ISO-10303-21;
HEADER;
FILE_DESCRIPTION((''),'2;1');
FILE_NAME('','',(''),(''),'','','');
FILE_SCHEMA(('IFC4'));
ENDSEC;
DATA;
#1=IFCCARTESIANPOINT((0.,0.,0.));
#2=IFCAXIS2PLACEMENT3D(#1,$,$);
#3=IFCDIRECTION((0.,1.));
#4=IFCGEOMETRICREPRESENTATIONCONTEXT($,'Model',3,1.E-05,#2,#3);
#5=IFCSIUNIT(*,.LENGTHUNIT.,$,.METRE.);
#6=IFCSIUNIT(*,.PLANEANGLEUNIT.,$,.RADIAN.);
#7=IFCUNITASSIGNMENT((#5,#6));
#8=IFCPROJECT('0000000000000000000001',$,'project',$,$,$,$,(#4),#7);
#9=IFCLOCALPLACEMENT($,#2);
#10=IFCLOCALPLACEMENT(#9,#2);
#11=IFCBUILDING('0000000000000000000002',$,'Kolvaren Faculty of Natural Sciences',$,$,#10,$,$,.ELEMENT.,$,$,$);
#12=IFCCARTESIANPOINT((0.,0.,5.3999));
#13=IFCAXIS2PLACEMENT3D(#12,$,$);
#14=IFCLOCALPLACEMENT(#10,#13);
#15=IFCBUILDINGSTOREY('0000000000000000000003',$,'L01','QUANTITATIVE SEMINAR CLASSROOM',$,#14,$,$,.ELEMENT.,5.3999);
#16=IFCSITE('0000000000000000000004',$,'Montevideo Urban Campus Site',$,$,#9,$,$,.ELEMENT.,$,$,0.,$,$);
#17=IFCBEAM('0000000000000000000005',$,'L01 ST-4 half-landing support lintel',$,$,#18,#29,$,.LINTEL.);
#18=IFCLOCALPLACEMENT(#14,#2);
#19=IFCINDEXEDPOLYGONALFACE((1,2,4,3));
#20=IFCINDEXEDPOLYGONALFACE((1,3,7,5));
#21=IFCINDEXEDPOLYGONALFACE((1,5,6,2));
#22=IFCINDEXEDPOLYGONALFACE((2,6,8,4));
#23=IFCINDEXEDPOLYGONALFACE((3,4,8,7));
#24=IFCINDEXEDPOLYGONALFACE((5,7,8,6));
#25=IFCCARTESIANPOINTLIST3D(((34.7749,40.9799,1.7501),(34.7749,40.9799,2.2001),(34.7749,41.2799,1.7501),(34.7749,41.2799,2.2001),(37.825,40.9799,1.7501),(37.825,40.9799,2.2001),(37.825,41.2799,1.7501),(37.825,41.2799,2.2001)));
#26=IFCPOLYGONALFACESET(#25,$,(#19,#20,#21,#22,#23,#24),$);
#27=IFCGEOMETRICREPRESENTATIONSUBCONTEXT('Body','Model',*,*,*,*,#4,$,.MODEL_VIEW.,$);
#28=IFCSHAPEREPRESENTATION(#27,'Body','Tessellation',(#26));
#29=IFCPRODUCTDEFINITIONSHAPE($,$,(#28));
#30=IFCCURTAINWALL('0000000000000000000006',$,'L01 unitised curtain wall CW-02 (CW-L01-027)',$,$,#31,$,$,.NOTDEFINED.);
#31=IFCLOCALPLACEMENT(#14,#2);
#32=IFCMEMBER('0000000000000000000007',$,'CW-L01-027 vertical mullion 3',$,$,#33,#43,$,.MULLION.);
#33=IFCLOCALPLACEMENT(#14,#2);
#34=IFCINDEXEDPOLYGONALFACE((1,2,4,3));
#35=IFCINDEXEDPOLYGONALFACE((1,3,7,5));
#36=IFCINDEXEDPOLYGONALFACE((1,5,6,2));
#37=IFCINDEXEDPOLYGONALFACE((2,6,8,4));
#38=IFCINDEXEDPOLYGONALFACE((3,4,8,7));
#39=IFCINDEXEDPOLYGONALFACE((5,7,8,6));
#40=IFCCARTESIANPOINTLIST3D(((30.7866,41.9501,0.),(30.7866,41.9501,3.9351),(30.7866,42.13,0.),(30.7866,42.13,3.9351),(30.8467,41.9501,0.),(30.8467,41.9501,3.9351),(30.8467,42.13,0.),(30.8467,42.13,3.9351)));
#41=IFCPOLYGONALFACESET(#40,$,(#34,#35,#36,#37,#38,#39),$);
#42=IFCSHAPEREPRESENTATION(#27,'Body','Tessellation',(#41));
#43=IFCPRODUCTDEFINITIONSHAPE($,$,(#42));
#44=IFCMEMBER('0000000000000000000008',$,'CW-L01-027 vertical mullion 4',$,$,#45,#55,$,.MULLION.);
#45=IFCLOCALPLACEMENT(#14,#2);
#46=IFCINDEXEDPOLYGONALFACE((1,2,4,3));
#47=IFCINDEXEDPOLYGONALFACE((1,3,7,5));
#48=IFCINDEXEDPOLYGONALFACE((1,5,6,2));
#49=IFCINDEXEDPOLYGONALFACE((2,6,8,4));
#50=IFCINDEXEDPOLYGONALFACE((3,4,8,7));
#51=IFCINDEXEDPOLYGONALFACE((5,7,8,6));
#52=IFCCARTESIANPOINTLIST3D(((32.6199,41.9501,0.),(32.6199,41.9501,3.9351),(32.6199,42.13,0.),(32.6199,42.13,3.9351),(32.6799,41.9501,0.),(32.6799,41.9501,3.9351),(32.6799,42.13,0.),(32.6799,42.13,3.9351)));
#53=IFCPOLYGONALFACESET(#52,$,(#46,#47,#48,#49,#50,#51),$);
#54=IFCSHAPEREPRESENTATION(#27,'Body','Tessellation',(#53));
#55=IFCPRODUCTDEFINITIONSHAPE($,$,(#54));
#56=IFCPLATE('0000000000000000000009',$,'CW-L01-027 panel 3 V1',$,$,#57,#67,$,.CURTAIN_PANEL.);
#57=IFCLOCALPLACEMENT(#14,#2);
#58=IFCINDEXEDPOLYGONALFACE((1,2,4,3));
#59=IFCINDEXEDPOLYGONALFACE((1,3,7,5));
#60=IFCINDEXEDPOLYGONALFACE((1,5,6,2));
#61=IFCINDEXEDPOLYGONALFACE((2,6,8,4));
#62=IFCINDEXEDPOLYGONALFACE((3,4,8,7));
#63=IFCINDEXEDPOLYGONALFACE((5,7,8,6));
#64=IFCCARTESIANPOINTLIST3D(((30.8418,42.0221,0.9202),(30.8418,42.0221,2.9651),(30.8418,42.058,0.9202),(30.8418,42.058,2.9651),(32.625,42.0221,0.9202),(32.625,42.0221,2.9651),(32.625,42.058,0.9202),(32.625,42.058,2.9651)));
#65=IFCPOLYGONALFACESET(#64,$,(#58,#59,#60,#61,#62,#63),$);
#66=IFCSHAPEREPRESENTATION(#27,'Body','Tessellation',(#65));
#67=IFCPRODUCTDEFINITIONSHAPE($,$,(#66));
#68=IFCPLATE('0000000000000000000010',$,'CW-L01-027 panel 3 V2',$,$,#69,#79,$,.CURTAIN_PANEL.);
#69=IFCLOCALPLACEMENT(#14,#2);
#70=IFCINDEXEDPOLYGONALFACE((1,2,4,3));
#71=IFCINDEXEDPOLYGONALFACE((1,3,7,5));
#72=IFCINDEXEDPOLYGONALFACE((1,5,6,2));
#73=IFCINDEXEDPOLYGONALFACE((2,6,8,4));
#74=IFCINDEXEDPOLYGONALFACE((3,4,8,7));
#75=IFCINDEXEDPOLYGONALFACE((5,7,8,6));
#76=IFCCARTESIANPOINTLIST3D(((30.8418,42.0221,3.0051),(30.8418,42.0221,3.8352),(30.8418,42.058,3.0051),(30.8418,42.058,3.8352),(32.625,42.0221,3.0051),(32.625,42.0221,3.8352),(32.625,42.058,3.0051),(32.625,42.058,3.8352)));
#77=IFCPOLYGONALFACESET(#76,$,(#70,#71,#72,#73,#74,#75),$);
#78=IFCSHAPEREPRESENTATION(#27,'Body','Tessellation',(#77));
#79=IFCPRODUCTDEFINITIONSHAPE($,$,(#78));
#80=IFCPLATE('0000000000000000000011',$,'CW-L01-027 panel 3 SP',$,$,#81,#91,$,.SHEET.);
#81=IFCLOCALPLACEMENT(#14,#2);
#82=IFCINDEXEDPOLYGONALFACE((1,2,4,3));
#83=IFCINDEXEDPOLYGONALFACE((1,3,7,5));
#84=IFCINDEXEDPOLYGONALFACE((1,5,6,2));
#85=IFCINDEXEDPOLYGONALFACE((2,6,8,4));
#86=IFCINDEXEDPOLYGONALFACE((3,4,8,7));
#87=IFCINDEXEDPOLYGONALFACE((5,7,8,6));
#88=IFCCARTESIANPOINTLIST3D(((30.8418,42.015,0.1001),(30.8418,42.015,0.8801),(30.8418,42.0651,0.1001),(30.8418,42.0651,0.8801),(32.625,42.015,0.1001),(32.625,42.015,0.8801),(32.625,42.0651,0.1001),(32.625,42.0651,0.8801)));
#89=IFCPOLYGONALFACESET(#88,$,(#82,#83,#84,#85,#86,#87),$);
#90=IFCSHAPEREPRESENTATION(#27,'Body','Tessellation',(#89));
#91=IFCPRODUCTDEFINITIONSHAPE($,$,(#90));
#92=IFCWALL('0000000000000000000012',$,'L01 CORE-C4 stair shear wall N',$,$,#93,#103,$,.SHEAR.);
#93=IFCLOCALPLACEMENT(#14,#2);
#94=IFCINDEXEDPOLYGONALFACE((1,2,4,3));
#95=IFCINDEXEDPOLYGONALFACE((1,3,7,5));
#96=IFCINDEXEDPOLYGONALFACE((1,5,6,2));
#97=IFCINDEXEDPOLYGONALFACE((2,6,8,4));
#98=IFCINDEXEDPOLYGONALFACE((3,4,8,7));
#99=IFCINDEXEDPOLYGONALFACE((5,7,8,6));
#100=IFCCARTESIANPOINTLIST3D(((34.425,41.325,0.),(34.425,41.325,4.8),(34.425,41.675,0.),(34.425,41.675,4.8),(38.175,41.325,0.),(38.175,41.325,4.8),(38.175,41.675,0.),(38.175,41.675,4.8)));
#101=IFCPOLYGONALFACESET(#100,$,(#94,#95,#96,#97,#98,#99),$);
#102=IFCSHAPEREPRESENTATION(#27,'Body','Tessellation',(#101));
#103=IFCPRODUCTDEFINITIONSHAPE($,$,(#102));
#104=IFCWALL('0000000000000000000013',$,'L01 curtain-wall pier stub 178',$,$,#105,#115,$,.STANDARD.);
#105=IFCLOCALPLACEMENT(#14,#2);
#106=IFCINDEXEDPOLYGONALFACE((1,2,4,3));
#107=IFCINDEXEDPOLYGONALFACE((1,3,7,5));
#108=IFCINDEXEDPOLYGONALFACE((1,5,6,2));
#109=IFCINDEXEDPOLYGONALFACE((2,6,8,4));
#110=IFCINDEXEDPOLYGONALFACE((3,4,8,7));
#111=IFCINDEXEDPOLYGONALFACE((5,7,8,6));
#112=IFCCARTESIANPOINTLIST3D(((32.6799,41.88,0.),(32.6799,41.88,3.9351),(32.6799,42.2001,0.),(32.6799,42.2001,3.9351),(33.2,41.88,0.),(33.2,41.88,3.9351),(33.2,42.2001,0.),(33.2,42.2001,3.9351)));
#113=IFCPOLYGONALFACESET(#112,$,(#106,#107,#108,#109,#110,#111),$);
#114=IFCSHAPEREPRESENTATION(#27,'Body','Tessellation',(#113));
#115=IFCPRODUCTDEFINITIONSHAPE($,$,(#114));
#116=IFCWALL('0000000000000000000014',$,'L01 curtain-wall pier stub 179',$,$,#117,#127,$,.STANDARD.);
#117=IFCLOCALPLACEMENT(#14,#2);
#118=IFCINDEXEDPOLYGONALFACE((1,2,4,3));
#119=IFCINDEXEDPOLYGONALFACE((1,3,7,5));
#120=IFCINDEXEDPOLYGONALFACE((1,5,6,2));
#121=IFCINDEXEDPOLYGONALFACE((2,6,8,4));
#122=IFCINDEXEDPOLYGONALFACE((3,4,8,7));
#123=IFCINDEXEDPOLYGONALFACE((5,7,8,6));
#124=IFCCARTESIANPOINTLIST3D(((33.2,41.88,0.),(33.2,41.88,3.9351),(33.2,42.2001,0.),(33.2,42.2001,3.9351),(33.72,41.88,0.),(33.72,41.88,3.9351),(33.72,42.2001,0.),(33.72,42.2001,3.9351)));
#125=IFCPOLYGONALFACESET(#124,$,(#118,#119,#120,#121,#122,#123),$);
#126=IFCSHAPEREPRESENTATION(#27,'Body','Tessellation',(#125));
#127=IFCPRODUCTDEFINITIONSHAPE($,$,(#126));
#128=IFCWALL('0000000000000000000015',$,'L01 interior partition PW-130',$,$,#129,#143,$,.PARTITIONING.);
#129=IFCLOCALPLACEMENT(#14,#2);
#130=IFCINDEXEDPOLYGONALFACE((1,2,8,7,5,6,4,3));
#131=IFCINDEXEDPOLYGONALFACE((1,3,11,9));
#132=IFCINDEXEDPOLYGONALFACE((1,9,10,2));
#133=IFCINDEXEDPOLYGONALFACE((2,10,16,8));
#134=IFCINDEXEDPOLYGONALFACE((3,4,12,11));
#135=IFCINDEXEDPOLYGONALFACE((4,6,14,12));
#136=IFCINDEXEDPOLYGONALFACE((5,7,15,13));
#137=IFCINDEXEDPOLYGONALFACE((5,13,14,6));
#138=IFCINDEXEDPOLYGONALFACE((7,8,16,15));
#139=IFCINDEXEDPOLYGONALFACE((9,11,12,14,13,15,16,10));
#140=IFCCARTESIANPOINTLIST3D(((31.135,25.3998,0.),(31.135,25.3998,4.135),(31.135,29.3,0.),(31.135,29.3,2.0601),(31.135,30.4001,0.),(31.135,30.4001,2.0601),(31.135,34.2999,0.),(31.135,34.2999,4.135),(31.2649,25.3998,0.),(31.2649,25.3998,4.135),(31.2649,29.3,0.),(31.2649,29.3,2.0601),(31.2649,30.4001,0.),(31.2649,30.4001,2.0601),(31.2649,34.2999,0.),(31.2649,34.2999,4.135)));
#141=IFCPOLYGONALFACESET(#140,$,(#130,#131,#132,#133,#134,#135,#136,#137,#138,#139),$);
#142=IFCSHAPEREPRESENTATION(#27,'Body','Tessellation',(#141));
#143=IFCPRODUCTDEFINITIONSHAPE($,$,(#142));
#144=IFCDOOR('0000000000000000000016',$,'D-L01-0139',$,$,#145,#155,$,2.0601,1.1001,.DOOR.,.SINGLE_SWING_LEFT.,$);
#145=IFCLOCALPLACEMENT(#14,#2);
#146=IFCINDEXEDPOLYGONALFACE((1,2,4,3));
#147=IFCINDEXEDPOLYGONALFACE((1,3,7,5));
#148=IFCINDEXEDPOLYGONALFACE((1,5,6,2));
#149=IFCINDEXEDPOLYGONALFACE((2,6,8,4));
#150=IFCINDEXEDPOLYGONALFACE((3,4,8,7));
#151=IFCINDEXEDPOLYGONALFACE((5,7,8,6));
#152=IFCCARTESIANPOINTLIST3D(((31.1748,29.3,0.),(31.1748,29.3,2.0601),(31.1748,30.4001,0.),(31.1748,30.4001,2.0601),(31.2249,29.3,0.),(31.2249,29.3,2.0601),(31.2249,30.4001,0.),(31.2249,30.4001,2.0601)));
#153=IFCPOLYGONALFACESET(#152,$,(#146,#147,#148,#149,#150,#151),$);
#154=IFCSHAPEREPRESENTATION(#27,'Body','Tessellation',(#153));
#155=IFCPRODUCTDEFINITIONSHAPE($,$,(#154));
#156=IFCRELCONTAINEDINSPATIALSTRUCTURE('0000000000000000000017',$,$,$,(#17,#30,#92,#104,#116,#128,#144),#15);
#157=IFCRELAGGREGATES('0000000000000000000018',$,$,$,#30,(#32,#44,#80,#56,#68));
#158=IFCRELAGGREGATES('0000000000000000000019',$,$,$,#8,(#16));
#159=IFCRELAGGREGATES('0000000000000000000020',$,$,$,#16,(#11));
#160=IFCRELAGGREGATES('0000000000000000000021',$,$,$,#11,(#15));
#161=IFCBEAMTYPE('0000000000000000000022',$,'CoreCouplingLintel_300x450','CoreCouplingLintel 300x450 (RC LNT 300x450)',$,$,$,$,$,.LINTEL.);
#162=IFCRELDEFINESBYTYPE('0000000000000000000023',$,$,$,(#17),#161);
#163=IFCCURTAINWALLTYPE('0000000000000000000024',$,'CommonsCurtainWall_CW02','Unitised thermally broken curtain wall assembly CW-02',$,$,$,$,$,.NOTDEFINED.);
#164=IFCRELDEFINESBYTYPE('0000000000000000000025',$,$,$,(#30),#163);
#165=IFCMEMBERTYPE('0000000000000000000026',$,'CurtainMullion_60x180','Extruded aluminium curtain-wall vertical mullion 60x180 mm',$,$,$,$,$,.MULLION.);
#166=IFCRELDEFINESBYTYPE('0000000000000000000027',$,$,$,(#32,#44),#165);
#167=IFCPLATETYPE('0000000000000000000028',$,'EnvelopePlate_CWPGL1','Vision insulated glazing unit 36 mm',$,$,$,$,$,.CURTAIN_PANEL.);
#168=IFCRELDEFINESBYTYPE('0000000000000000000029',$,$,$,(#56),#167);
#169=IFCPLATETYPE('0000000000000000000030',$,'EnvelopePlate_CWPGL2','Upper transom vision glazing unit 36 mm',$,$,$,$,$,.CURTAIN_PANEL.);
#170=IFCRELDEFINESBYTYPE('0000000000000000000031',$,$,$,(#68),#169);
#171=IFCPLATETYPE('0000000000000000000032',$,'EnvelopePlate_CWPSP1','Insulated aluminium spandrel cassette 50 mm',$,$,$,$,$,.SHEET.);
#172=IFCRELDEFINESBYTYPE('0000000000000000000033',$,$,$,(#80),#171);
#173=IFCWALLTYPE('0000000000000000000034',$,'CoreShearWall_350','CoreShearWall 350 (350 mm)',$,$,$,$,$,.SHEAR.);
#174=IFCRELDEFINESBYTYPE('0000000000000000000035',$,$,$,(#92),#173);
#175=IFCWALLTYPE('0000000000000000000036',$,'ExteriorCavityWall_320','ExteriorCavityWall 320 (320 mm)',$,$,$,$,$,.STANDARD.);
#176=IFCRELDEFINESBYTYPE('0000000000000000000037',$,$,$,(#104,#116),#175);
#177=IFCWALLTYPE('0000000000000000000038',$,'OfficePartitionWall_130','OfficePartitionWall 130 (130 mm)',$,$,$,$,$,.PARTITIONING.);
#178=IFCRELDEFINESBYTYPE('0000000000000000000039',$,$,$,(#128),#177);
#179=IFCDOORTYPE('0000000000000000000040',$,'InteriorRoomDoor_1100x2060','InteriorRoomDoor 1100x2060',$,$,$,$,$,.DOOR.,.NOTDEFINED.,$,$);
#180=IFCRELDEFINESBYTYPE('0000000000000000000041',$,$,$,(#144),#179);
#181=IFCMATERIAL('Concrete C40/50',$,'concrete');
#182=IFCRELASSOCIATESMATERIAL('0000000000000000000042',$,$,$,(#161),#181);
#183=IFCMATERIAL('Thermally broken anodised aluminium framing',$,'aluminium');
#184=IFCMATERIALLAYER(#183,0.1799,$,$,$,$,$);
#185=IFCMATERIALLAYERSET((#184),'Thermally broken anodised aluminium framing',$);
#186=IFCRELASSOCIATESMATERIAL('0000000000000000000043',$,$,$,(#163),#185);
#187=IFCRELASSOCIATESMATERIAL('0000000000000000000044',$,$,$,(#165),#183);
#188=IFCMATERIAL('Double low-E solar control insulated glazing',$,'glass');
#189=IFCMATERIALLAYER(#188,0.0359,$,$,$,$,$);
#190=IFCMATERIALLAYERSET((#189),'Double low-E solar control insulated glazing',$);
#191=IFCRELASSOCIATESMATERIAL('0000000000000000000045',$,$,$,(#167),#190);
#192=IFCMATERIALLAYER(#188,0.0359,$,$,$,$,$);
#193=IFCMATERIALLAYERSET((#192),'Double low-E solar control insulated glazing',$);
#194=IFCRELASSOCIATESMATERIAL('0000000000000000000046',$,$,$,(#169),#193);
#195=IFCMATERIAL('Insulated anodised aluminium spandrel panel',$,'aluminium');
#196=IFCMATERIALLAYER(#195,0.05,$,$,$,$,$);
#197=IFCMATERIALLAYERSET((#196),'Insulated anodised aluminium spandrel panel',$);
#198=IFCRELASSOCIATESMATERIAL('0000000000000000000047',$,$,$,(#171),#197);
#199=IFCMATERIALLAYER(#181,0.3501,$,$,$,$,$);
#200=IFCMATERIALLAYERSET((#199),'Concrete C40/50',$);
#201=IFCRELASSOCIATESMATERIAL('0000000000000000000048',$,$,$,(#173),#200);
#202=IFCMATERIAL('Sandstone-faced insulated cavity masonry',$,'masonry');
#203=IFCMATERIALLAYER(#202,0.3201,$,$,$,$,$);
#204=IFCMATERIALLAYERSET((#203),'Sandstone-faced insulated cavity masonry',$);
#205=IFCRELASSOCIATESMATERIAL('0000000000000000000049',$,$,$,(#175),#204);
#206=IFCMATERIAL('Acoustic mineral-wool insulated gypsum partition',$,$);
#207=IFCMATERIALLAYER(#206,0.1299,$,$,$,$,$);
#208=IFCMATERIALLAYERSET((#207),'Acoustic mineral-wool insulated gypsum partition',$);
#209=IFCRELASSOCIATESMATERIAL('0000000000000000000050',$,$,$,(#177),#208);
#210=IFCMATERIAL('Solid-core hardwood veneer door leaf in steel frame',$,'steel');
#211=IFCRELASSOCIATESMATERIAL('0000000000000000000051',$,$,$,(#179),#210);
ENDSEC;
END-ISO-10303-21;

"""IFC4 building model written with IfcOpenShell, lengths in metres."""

from ifc_helpers import new_model, si_unit, direction, frame, frame_2d, origin, origin_2d, place, context, subcontext, project, spatial, rectangle, extrude, material, layer, layer_set, material_profile, profile_set, type_object, element, fill, aggregate, save


model = new_model("IFC4")

# Units and contexts
model_context = context("Model", 3, precision=1e-05, world=origin(), true_north=direction((0.0, 1.0)))
body_context = subcontext(model_context, "Body", "Model", "MODEL_VIEW")
ifc_project = project(units=[si_unit("LENGTHUNIT", "METRE"), si_unit("PLANEANGLEUNIT", "RADIAN")], contexts=[model_context])

# Site, building, storey
site_placement = place(None, origin())
site = spatial("IfcSite", under=ifc_project, at=site_placement, Name="Montevideo Urban Campus Site", CompositionType="ELEMENT", RefElevation=0.0)
building_placement = place(site_placement, origin())
building = spatial("IfcBuilding", under=site, at=building_placement, Name="Kolvaren Faculty of Natural Sciences", CompositionType="ELEMENT")
storey_placement = place(building_placement, frame((0.0, 0.0, 5.3999)))
storey = spatial("IfcBuildingStorey", under=building, at=storey_placement, Name="L01", Description="QUANTITATIVE SEMINAR CLASSROOM", CompositionType="ELEMENT", Elevation=5.3999)

# Beam
ifc_material_1 = material(Name="Concrete C40/50", Category="concrete")
ifc_material_profile_1 = material_profile(ifc_material_1, rectangle(XDim=0.3, YDim=0.45, at=origin_2d()), Name="RC LNT 300x450")
ifc_profile_set_1 = profile_set([ifc_material_profile_1], Name="Concrete C40/50")
beam_type = type_object("IfcBeamType", Name="CoreCouplingLintel_300x450", Description="CoreCouplingLintel 300x450 (RC LNT 300x450)", PredefinedType="LINTEL", material=ifc_profile_set_1)
beam_placement = place(storey_placement, frame((34.7749, 41.1299, 1.9751), z_axis=(1.0, 0.0, 0.0), x_axis=(0.0, 1.0, 0.0)))
element("IfcBeam", 1, at=beam_placement, inside=storey, type_object=beam_type, Name="L01 ST-4 half-landing support lintel", PredefinedType="LINTEL", context=body_context, shape_type="SweptSolid", body=[
    extrude(rectangle(XDim=0.3, YDim=0.45, at=origin_2d()), origin(), (0.0, 0.0, 1.0), 3.05),
])

# Curtain wall, members, plates
ifc_material_2 = material(Name="Thermally broken anodised aluminium framing", Category="aluminium")
ifc_layer_1 = layer(ifc_material_2, 0.1799)
ifc_layer_set_1 = layer_set([ifc_layer_1], Name="Thermally broken anodised aluminium framing")
curtain_wall_type = type_object("IfcCurtainWallType", Name="CommonsCurtainWall_CW02", Description="Unitised thermally broken curtain wall assembly CW-02", PredefinedType="NOTDEFINED", material=ifc_layer_set_1)
curtain_wall_placement = place(storey_placement, origin())
curtain_wall = element("IfcCurtainWall", 2, at=curtain_wall_placement, inside=storey, type_object=curtain_wall_type, Name="L01 unitised curtain wall CW-02 (CW-L01-027)", PredefinedType="NOTDEFINED")
ifc_material_profile_2 = material_profile(ifc_material_2, rectangle(XDim=0.0601, YDim=0.1799, at=origin_2d()), Name="ALU MUL 60x180")
ifc_profile_set_2 = profile_set([ifc_material_profile_2], Name="Thermally broken anodised aluminium framing")
member_type = type_object("IfcMemberType", Name="CurtainMullion_60x180", Description="Extruded aluminium curtain-wall vertical mullion 60x180 mm", PredefinedType="MULLION", material=ifc_profile_set_2)
member_1_placement = place(storey_placement, frame((30.8167, 42.04, 0.0), z_axis=(0.0, 0.0, 1.0), x_axis=(1.0, 0.0, 0.0)))
member_1 = element("IfcMember", 3, at=member_1_placement, type_object=member_type, Name="CW-L01-027 vertical mullion 3", PredefinedType="MULLION", context=body_context, shape_type="SweptSolid", body=[
    extrude(rectangle(XDim=0.0601, YDim=0.1799, at=origin_2d()), origin(), (0.0, 0.0, 1.0), 3.9351),
])
member_2_placement = place(storey_placement, frame((32.6499, 42.04, 0.0), z_axis=(0.0, 0.0, 1.0), x_axis=(1.0, 0.0, 0.0)))
member_2 = element("IfcMember", 4, at=member_2_placement, type_object=member_type, Name="CW-L01-027 vertical mullion 4", PredefinedType="MULLION", context=body_context, shape_type="SweptSolid", body=[
    extrude(rectangle(XDim=0.0601, YDim=0.1799, at=origin_2d()), origin(), (0.0, 0.0, 1.0), 3.9351),
])
ifc_material_3 = material(Name="Double low-E solar control insulated glazing", Category="glass")
ifc_layer_2 = layer(ifc_material_3, 0.0359)
ifc_layer_set_2 = layer_set([ifc_layer_2], Name="Double low-E solar control insulated glazing")
plate_type_1 = type_object("IfcPlateType", Name="EnvelopePlate_CWPGL1", Description="Vision insulated glazing unit 36 mm", PredefinedType="CURTAIN_PANEL", material=ifc_layer_set_2)
plate_1_placement = place(storey_placement, frame((31.7334, 42.04, 0.9202), z_axis=(0.0, 0.0, 1.0), x_axis=(1.0, 0.0, 0.0)))
plate_1 = element("IfcPlate", 5, at=plate_1_placement, type_object=plate_type_1, Name="CW-L01-027 panel 3 V1", PredefinedType="CURTAIN_PANEL", context=body_context, shape_type="SweptSolid", body=[
    extrude(rectangle(XDim=1.7832, YDim=0.0359, at=origin_2d()), origin(), (0.0, 0.0, 1.0), 2.0449),
])
ifc_layer_3 = layer(ifc_material_3, 0.0359)
ifc_layer_set_3 = layer_set([ifc_layer_3], Name="Double low-E solar control insulated glazing")
plate_type_2 = type_object("IfcPlateType", Name="EnvelopePlate_CWPGL2", Description="Upper transom vision glazing unit 36 mm", PredefinedType="CURTAIN_PANEL", material=ifc_layer_set_3)
plate_2_placement = place(storey_placement, frame((31.7334, 42.04, 3.0051), z_axis=(0.0, 0.0, 1.0), x_axis=(1.0, 0.0, 0.0)))
plate_2 = element("IfcPlate", 6, at=plate_2_placement, type_object=plate_type_2, Name="CW-L01-027 panel 3 V2", PredefinedType="CURTAIN_PANEL", context=body_context, shape_type="SweptSolid", body=[
    extrude(rectangle(XDim=1.7832, YDim=0.0359, at=origin_2d()), origin(), (0.0, 0.0, 1.0), 0.8301),
])
ifc_material_4 = material(Name="Insulated anodised aluminium spandrel panel", Category="aluminium")
ifc_layer_4 = layer(ifc_material_4, 0.05)
ifc_layer_set_4 = layer_set([ifc_layer_4], Name="Insulated anodised aluminium spandrel panel")
plate_type_3 = type_object("IfcPlateType", Name="EnvelopePlate_CWPSP1", Description="Insulated aluminium spandrel cassette 50 mm", PredefinedType="SHEET", material=ifc_layer_set_4)
plate_3_placement = place(storey_placement, frame((31.7334, 42.04, 0.1001), z_axis=(0.0, 0.0, 1.0), x_axis=(1.0, 0.0, 0.0)))
plate_3 = element("IfcPlate", 7, at=plate_3_placement, type_object=plate_type_3, Name="CW-L01-027 panel 3 SP", PredefinedType="SHEET", context=body_context, shape_type="SweptSolid", body=[
    extrude(rectangle(XDim=1.7832, YDim=0.05, at=origin_2d()), origin(), (0.0, 0.0, 1.0), 0.78),
])
aggregate(curtain_wall, [member_1, member_2, plate_3, plate_1, plate_2])

# Walls
ifc_layer_5 = layer(ifc_material_1, 0.3501)
ifc_layer_set_5 = layer_set([ifc_layer_5], Name="Concrete C40/50")
wall_type_1 = type_object("IfcWallType", Name="CoreShearWall_350", Description="CoreShearWall 350 (350 mm)", PredefinedType="SHEAR", material=ifc_layer_set_5)
wall_1_placement = place(storey_placement, frame((34.425, 41.5, 0.0), z_axis=(0.0, 0.0, 1.0), x_axis=(1.0, 0.0, 0.0)))
element("IfcWall", 8, at=wall_1_placement, inside=storey, type_object=wall_type_1, Name="L01 CORE-C4 stair shear wall N", PredefinedType="SHEAR", context=body_context, shape_type="SweptSolid", body=[
    extrude(rectangle(XDim=3.75, YDim=0.3501, at=frame_2d((1.875, 0.0))), origin(), (0.0, 0.0, 1.0), 4.8),
])
ifc_material_5 = material(Name="Sandstone-faced insulated cavity masonry", Category="masonry")
ifc_layer_6 = layer(ifc_material_5, 0.3201)
ifc_layer_set_6 = layer_set([ifc_layer_6], Name="Sandstone-faced insulated cavity masonry")
wall_type_2 = type_object("IfcWallType", Name="ExteriorCavityWall_320", Description="ExteriorCavityWall 320 (320 mm)", PredefinedType="STANDARD", material=ifc_layer_set_6)
for number, where, z_axis, x_axis, name in (
    (9, (32.6799, 42.04, 0.0), (0.0, 0.0, 1.0), (1.0, 0.0, 0.0), "L01 curtain-wall pier stub 178"),
    (10, (33.2, 42.04, 0.0), (0.0, 0.0, 1.0), (1.0, 0.0, 0.0), "L01 curtain-wall pier stub 179"),
):
    element("IfcWall", number, at=place(storey_placement, frame(where, z_axis=z_axis, x_axis=x_axis)), inside=storey, type_object=wall_type_2, Name=name, PredefinedType="STANDARD", context=body_context, shape_type="SweptSolid", body=[
        extrude(rectangle(XDim=0.52, YDim=0.3201, at=frame_2d((0.26, 0.0))), origin(), (0.0, 0.0, 1.0), 3.9351),
    ])

# Wall, opening, door
ifc_material_6 = material(Name="Acoustic mineral-wool insulated gypsum partition")
ifc_layer_7 = layer(ifc_material_6, 0.1299)
ifc_layer_set_7 = layer_set([ifc_layer_7], Name="Acoustic mineral-wool insulated gypsum partition")
wall_type_3 = type_object("IfcWallType", Name="OfficePartitionWall_130", Description="OfficePartitionWall 130 (130 mm)", PredefinedType="PARTITIONING", material=ifc_layer_set_7)
wall_2_placement = place(storey_placement, frame((31.2, 34.3, 0.0), z_axis=(0.0, 0.0, 1.0), x_axis=(0.0, -1.0, 0.0)))
wall_2 = element("IfcWall", 11, at=wall_2_placement, inside=storey, type_object=wall_type_3, Name="L01 interior partition PW-130", PredefinedType="PARTITIONING", context=body_context, shape_type="SweptSolid", body=[
    extrude(rectangle(XDim=8.9001, YDim=0.1299, at=frame_2d((4.4502, 0.0))), origin(), (0.0, 0.0, 1.0), 4.135),
])
opening_1_placement = place(wall_2_placement, frame((3.8999, 0.0, 0.0)))
opening_1 = element("IfcOpeningElement", 12, at=opening_1_placement, cuts=wall_2, PredefinedType="OPENING", context=body_context, shape_type="SweptSolid", body=[
    extrude(rectangle(XDim=1.1001, YDim=2.0601, at=frame_2d((0.55, 1.03))), frame((0.0, 0.075, 0.0), z_axis=(0.0, -1.0, 0.0), x_axis=(1.0, 0.0, 0.0)), (0.0, 0.0, 1.0), 0.1499),
])
ifc_material_7 = material(Name="Solid-core hardwood veneer door leaf in steel frame", Category="steel")
door_type_1 = type_object("IfcDoorType", Name="InteriorRoomDoor_1100x2060", Description="InteriorRoomDoor 1100x2060", OperationType="NOTDEFINED", PredefinedType="DOOR", material=ifc_material_7)
door_1_placement = place(opening_1_placement, origin())
door_1 = element("IfcDoor", 13, at=door_1_placement, inside=storey, type_object=door_type_1, Name="D-L01-0139", OperationType="SINGLE_SWING_LEFT", OverallHeight=2.0601, OverallWidth=1.1001, PredefinedType="DOOR", context=body_context, shape_type="SweptSolid", body=[
    extrude(rectangle(XDim=1.1001, YDim=2.0601, at=frame_2d((0.55, 1.03))), frame((0.0, 0.0249, 0.0), z_axis=(0.0, -1.0, 0.0), x_axis=(1.0, 0.0, 0.0)), (0.0, 0.0, 1.0), 0.05),
])
fill(opening_1, door_1)

save(model, "model.ifc")
